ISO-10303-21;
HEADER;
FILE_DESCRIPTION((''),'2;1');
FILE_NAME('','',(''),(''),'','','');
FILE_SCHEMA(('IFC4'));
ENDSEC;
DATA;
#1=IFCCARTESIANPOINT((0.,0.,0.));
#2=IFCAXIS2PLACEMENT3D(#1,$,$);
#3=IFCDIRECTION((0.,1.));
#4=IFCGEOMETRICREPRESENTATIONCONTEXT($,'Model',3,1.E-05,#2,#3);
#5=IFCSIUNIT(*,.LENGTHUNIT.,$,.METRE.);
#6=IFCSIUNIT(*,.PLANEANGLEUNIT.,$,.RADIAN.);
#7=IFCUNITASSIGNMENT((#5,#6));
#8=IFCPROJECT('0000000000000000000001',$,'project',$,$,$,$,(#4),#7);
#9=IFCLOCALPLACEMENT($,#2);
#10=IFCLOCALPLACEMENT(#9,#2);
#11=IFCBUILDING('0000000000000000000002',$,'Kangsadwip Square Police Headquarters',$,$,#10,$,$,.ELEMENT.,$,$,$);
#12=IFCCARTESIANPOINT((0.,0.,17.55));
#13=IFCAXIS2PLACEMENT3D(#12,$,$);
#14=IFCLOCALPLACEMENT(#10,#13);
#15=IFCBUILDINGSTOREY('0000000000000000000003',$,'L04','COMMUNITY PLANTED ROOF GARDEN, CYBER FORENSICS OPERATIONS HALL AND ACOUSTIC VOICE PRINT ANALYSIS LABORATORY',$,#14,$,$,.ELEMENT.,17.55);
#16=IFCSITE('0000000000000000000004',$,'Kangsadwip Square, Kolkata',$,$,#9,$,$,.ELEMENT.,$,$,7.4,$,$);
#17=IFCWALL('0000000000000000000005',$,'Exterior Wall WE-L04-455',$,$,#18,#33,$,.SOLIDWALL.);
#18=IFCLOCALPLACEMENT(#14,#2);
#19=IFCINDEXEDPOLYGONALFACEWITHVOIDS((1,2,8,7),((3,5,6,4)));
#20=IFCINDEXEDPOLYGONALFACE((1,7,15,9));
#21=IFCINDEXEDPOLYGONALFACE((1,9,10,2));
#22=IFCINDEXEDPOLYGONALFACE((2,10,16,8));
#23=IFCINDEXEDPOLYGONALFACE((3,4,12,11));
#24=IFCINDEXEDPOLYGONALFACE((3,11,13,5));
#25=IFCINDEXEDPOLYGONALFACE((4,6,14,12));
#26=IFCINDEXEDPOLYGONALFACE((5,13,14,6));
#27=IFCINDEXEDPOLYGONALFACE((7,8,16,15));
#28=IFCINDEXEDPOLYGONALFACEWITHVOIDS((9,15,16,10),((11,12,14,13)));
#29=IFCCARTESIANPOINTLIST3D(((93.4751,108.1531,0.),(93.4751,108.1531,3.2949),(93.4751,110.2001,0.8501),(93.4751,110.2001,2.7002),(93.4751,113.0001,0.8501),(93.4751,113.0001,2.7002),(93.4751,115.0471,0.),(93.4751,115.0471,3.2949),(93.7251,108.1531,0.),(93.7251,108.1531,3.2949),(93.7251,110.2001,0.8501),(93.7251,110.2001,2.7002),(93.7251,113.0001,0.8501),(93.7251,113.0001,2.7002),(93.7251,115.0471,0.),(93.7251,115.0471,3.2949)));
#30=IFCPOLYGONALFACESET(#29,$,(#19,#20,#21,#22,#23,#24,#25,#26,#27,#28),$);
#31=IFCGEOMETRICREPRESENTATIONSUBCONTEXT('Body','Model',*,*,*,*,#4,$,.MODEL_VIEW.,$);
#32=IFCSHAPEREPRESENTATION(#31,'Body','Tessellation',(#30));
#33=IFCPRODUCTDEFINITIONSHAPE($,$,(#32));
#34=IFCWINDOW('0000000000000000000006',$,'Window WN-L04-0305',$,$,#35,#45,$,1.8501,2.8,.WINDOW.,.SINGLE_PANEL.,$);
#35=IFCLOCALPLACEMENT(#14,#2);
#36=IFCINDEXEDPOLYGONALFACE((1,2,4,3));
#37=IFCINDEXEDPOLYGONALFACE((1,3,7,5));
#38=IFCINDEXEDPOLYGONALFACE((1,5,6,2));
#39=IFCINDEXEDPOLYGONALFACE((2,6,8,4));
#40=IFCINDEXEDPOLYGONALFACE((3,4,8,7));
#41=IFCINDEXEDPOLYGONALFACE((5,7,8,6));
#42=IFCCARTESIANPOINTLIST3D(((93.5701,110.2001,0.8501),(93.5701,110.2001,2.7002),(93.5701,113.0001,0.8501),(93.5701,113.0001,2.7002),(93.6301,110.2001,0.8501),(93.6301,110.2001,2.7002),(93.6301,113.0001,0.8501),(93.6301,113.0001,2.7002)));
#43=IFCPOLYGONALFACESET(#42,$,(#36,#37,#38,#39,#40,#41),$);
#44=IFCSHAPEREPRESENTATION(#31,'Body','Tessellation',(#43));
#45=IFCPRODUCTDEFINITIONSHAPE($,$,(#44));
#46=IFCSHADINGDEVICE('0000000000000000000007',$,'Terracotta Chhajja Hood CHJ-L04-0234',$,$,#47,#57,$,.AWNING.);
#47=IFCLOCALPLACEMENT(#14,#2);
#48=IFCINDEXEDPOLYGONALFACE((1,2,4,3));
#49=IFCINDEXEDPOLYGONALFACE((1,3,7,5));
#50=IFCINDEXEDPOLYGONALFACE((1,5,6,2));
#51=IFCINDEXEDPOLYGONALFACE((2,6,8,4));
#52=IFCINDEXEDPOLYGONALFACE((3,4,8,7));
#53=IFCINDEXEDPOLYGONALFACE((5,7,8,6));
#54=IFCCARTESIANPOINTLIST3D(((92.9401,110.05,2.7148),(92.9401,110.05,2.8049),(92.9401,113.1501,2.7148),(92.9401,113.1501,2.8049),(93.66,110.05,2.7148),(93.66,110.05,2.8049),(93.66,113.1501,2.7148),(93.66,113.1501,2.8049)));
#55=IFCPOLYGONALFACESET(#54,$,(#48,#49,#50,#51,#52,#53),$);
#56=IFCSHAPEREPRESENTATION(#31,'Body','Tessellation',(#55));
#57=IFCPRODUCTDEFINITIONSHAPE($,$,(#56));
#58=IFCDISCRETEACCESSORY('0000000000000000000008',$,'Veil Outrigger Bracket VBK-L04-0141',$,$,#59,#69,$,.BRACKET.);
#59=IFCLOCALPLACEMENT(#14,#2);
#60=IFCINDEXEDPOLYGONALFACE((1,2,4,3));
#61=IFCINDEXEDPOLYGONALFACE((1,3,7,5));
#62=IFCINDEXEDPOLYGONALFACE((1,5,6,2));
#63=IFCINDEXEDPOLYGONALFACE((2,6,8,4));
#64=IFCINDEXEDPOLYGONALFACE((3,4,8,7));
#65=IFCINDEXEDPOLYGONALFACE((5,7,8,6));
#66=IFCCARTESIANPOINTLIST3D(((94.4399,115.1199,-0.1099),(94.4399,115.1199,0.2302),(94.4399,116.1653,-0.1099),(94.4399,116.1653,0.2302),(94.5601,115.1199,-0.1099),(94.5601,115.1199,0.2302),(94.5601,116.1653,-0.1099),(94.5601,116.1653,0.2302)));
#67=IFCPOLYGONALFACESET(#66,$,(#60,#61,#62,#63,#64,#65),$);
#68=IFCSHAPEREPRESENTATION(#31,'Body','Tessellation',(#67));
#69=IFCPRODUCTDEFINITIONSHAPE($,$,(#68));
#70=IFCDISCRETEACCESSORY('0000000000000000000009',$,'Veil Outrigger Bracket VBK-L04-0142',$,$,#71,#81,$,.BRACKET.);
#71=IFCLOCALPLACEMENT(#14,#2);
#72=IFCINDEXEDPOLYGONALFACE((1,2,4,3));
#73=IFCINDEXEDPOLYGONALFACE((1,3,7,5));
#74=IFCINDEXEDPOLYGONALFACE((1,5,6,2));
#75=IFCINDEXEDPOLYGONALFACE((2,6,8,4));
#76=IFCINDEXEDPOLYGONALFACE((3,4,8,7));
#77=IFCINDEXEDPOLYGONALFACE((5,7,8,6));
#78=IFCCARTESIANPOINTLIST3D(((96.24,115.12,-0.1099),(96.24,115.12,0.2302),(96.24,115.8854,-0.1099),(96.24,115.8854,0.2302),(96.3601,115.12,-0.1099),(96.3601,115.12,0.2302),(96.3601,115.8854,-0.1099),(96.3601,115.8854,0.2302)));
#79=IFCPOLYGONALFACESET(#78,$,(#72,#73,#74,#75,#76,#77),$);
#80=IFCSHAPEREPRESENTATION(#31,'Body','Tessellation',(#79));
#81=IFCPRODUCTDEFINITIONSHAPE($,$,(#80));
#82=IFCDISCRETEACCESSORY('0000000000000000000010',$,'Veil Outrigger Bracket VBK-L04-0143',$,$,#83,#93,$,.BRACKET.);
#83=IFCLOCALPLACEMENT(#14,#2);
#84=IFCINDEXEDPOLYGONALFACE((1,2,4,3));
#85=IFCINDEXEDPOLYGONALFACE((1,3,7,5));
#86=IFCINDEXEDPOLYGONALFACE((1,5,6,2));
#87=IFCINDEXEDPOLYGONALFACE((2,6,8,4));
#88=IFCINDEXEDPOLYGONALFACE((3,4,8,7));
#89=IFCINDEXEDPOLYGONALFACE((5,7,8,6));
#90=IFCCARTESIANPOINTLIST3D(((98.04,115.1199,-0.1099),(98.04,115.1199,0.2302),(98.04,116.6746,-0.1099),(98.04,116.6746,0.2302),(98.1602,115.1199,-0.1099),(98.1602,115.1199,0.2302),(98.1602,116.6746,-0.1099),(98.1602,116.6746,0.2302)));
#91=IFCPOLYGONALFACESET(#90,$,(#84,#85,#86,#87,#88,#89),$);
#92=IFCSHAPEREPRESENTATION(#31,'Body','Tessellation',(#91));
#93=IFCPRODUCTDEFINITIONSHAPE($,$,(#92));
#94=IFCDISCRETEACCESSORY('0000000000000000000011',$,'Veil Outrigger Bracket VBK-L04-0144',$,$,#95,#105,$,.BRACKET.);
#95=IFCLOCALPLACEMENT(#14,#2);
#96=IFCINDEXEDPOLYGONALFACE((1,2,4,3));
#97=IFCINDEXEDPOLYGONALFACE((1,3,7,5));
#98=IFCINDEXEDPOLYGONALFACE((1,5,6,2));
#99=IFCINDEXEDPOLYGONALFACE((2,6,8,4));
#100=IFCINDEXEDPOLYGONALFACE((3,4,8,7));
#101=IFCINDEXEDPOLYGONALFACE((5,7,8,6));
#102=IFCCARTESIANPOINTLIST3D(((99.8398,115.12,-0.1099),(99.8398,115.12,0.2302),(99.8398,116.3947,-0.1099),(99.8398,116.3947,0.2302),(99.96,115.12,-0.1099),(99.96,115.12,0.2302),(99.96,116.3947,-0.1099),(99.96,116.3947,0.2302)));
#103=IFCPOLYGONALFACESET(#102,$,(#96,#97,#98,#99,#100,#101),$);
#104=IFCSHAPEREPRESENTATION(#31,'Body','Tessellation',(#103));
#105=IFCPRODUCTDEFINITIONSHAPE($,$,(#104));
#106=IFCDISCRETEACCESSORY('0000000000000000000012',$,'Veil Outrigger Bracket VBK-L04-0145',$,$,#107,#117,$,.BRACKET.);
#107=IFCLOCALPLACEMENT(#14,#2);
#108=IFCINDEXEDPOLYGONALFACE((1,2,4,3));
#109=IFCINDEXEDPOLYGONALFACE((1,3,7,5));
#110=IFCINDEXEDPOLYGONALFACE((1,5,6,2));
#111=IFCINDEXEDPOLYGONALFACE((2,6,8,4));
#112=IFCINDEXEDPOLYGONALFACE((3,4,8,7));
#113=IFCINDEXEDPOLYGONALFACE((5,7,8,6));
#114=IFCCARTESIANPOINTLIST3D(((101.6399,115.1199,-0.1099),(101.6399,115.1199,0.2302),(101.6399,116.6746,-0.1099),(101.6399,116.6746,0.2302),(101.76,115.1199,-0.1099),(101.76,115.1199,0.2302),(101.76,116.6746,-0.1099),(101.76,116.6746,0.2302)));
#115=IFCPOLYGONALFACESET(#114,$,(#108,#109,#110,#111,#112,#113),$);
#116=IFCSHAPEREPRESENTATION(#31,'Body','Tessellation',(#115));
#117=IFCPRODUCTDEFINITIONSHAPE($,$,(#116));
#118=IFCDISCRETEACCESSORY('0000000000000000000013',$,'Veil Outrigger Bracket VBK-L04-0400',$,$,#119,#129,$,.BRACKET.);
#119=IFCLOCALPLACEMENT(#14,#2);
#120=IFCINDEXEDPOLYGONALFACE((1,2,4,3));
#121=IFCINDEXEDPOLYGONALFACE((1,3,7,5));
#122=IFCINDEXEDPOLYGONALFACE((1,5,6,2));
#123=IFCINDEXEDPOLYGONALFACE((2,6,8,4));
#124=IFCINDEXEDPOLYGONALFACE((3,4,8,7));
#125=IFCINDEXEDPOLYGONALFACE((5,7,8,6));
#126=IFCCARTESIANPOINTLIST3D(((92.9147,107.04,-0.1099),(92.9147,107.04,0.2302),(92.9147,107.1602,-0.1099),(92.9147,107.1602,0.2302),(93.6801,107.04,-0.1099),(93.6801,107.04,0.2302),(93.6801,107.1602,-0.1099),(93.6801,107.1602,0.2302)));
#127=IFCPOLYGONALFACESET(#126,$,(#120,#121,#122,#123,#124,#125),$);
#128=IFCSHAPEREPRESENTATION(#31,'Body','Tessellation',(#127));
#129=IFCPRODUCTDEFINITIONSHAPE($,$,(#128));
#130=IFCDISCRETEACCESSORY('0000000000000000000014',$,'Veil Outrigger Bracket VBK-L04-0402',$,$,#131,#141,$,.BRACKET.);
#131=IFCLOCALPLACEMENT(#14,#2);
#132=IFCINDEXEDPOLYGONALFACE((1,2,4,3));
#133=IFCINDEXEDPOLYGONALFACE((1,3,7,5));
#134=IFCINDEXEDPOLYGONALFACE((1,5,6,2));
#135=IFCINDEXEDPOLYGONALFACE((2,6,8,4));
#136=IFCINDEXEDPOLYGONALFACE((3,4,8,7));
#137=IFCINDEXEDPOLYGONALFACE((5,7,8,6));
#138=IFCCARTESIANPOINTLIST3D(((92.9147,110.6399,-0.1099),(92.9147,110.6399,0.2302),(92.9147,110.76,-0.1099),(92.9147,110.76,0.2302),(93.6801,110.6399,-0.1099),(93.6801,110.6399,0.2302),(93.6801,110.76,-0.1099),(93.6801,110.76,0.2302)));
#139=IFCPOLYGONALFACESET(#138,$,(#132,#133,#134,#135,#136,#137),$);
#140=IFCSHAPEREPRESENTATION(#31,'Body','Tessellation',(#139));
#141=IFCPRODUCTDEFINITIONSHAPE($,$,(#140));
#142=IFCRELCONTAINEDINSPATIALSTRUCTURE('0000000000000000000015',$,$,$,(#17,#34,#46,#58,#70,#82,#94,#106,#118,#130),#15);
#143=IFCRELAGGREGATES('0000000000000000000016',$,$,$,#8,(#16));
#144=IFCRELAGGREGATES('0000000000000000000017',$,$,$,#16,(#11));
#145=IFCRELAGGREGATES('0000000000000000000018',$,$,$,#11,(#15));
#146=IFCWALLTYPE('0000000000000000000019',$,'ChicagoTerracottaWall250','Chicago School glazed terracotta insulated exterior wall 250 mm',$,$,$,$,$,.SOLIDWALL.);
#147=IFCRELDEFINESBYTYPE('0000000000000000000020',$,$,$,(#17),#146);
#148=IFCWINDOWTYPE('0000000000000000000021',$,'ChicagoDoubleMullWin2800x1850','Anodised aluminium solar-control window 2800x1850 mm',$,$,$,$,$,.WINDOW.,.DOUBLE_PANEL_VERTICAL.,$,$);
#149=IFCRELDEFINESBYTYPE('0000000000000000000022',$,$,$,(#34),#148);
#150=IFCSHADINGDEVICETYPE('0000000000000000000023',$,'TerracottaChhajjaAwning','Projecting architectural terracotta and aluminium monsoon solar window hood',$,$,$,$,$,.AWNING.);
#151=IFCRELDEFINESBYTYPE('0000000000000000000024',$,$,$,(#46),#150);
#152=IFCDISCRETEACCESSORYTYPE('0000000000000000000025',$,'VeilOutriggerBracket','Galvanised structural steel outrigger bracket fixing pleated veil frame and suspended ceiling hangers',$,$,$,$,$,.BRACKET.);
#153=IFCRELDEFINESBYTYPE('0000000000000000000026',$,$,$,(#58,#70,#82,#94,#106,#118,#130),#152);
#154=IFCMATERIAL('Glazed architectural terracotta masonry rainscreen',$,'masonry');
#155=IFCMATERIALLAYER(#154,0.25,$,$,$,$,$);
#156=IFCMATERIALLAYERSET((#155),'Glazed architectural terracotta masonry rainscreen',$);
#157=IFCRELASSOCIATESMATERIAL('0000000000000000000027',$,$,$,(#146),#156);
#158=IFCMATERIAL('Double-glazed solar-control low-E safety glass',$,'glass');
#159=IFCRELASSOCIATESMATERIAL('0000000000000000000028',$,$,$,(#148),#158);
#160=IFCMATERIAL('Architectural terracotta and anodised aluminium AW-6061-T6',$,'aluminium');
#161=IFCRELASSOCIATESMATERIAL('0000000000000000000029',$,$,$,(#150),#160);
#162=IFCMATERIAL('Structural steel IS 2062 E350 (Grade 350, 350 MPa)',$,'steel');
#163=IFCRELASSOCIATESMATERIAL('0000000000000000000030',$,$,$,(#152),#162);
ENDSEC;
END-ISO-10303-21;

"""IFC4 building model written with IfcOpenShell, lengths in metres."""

from ifc_helpers import new_model, si_unit, direction, frame, frame_2d, origin, origin_2d, place, context, subcontext, project, spatial, rectangle, extrude, material, layer, layer_set, type_object, element, fill, save


model = new_model("IFC4")

# Units and contexts
model_context = context("Model", 3, precision=1e-05, world=origin(), true_north=direction((0.0, 1.0)))
body_context = subcontext(model_context, "Body", "Model", "MODEL_VIEW")
ifc_project = project(units=[si_unit("LENGTHUNIT", "METRE"), si_unit("PLANEANGLEUNIT", "RADIAN")], contexts=[model_context])

# Site, building, storey
site_placement = place(None, origin())
site = spatial("IfcSite", under=ifc_project, at=site_placement, Name="Kangsadwip Square, Kolkata", CompositionType="ELEMENT", RefElevation=7.4)
building_placement = place(site_placement, origin())
building = spatial("IfcBuilding", under=site, at=building_placement, Name="Kangsadwip Square Police Headquarters", CompositionType="ELEMENT")
storey_placement = place(building_placement, frame((0.0, 0.0, 17.55)))
storey = spatial("IfcBuildingStorey", under=building, at=storey_placement, Name="L04", Description="COMMUNITY PLANTED ROOF GARDEN, CYBER FORENSICS OPERATIONS HALL AND ACOUSTIC VOICE PRINT ANALYSIS LABORATORY", CompositionType="ELEMENT", Elevation=17.55)

# Wall, opening, window
ifc_material_1 = material(Name="Glazed architectural terracotta masonry rainscreen", Category="masonry")
ifc_layer_1 = layer(ifc_material_1, 0.25)
ifc_layer_set_1 = layer_set([ifc_layer_1], Name="Glazed architectural terracotta masonry rainscreen")
wall_type = type_object("IfcWallType", Name="ChicagoTerracottaWall250", Description="Chicago School glazed terracotta insulated exterior wall 250 mm", PredefinedType="SOLIDWALL", material=ifc_layer_set_1)
wall_placement = place(storey_placement, frame((93.6001, 108.1531, 0.0), z_axis=(0.0, 0.0, 1.0), x_axis=(0.0, 1.0, 0.0)))
wall = element("IfcWall", 1, at=wall_placement, inside=storey, type_object=wall_type, Name="Exterior Wall WE-L04-455", PredefinedType="SOLIDWALL", context=body_context, shape_type="SweptSolid", body=[
    extrude(rectangle(XDim=6.894, YDim=0.25, at=frame_2d((3.447, 0.0))), origin(), (0.0, 0.0, 1.0), 3.2949),
])
opening_placement = place(wall_placement, frame((2.0471, 0.0, 0.8501)))
opening = element("IfcOpeningElement", 2, at=opening_placement, cuts=wall, PredefinedType="OPENING", context=body_context, shape_type="SweptSolid", body=[
    extrude(rectangle(XDim=2.8, YDim=1.8501, at=frame_2d((1.3999, 0.925))), frame((0.0, 0.135, 0.0), z_axis=(0.0, -1.0, 0.0), x_axis=(1.0, 0.0, 0.0)), (0.0, 0.0, 1.0), 0.27),
])
ifc_material_2 = material(Name="Double-glazed solar-control low-E safety glass", Category="glass")
window_type = type_object("IfcWindowType", Name="ChicagoDoubleMullWin2800x1850", Description="Anodised aluminium solar-control window 2800x1850 mm", PartitioningType="DOUBLE_PANEL_VERTICAL", PredefinedType="WINDOW", material=ifc_material_2)
window_placement = place(opening_placement, origin())
window = element("IfcWindow", 3, at=window_placement, inside=storey, type_object=window_type, Name="Window WN-L04-0305", OverallHeight=1.8501, OverallWidth=2.8, PartitioningType="SINGLE_PANEL", PredefinedType="WINDOW", context=body_context, shape_type="SweptSolid", body=[
    extrude(rectangle(XDim=2.8, YDim=1.8501, at=frame_2d((1.3999, 0.925))), frame((0.0, 0.03, 0.0), z_axis=(0.0, -1.0, 0.0), x_axis=(1.0, 0.0, 0.0)), (0.0, 0.0, 1.0), 0.0601),
])
fill(opening, window)

# Shading device
ifc_material_3 = material(Name="Architectural terracotta and anodised aluminium AW-6061-T6", Category="aluminium")
shading_device_type = type_object("IfcShadingDeviceType", Name="TerracottaChhajjaAwning", Description="Projecting architectural terracotta and aluminium monsoon solar window hood", PredefinedType="AWNING", material=ifc_material_3)
shading_device_placement = place(storey_placement, frame((93.3, 111.6001, 2.7148), z_axis=(0.0, 0.0, 1.0), x_axis=(0.0, 1.0, 0.0)))
element("IfcShadingDevice", 4, at=shading_device_placement, inside=storey, type_object=shading_device_type, Name="Terracotta Chhajja Hood CHJ-L04-0234", PredefinedType="AWNING", context=body_context, shape_type="SweptSolid", body=[
    extrude(rectangle(XDim=3.1001, YDim=0.72, at=origin_2d()), origin(), (0.0, 0.0, 1.0), 0.0901),
])

# Discrete accessories
ifc_material_4 = material(Name="Structural steel IS 2062 E350 (Grade 350, 350 MPa)", Category="steel")
discrete_accessory_type = type_object("IfcDiscreteAccessoryType", Name="VeilOutriggerBracket", Description="Galvanised structural steel outrigger bracket fixing pleated veil frame and suspended ceiling hangers", PredefinedType="BRACKET", material=ifc_material_4)
discrete_accessory_1_placement = place(storey_placement, frame((94.5, 115.6426, -0.1099), z_axis=(0.0, 0.0, 1.0), x_axis=(1.0, 0.0, 0.0)))
element("IfcDiscreteAccessory", 5, at=discrete_accessory_1_placement, inside=storey, type_object=discrete_accessory_type, Name="Veil Outrigger Bracket VBK-L04-0141", PredefinedType="BRACKET", context=body_context, shape_type="SweptSolid", body=[
    extrude(rectangle(XDim=0.1201, YDim=1.0454, at=origin_2d()), origin(), (0.0, 0.0, 1.0), 0.3401),
])
discrete_accessory_2_placement = place(storey_placement, frame((96.3, 115.5027, -0.1099), z_axis=(0.0, 0.0, 1.0), x_axis=(1.0, 0.0, 0.0)))
element("IfcDiscreteAccessory", 6, at=discrete_accessory_2_placement, inside=storey, type_object=discrete_accessory_type, Name="Veil Outrigger Bracket VBK-L04-0142", PredefinedType="BRACKET", context=body_context, shape_type="SweptSolid", body=[
    extrude(rectangle(XDim=0.1201, YDim=0.7654, at=origin_2d()), origin(), (0.0, 0.0, 1.0), 0.3401),
])
discrete_accessory_3_placement = place(storey_placement, frame((98.1001, 115.8972, -0.1099), z_axis=(0.0, 0.0, 1.0), x_axis=(1.0, 0.0, 0.0)))
element("IfcDiscreteAccessory", 7, at=discrete_accessory_3_placement, inside=storey, type_object=discrete_accessory_type, Name="Veil Outrigger Bracket VBK-L04-0143", PredefinedType="BRACKET", context=body_context, shape_type="SweptSolid", body=[
    extrude(rectangle(XDim=0.1201, YDim=1.5547, at=origin_2d()), origin(), (0.0, 0.0, 1.0), 0.3401),
])
discrete_accessory_4_placement = place(storey_placement, frame((99.8999, 115.7573, -0.1099), z_axis=(0.0, 0.0, 1.0), x_axis=(1.0, 0.0, 0.0)))
element("IfcDiscreteAccessory", 8, at=discrete_accessory_4_placement, inside=storey, type_object=discrete_accessory_type, Name="Veil Outrigger Bracket VBK-L04-0144", PredefinedType="BRACKET", context=body_context, shape_type="SweptSolid", body=[
    extrude(rectangle(XDim=0.1201, YDim=1.2747, at=origin_2d()), origin(), (0.0, 0.0, 1.0), 0.3401),
])
discrete_accessory_5_placement = place(storey_placement, frame((101.7, 115.8972, -0.1099), z_axis=(0.0, 0.0, 1.0), x_axis=(1.0, 0.0, 0.0)))
element("IfcDiscreteAccessory", 9, at=discrete_accessory_5_placement, inside=storey, type_object=discrete_accessory_type, Name="Veil Outrigger Bracket VBK-L04-0145", PredefinedType="BRACKET", context=body_context, shape_type="SweptSolid", body=[
    extrude(rectangle(XDim=0.1201, YDim=1.5547, at=origin_2d()), origin(), (0.0, 0.0, 1.0), 0.3401),
])
for number, where, z_axis, x_axis, name in (
    (10, (93.2974, 107.1001, -0.1099), (0.0, 0.0, 1.0), (1.0, 0.0, 0.0), "Veil Outrigger Bracket VBK-L04-0400"),
    (11, (93.2974, 110.7, -0.1099), (0.0, 0.0, 1.0), (1.0, 0.0, 0.0), "Veil Outrigger Bracket VBK-L04-0402"),
):
    element("IfcDiscreteAccessory", number, at=place(storey_placement, frame(where, z_axis=z_axis, x_axis=x_axis)), inside=storey, type_object=discrete_accessory_type, Name=name, PredefinedType="BRACKET", context=body_context, shape_type="SweptSolid", body=[
        extrude(rectangle(XDim=0.7654, YDim=0.1201, at=origin_2d()), origin(), (0.0, 0.0, 1.0), 0.3401),
    ])

save(model, "model.ifc")
